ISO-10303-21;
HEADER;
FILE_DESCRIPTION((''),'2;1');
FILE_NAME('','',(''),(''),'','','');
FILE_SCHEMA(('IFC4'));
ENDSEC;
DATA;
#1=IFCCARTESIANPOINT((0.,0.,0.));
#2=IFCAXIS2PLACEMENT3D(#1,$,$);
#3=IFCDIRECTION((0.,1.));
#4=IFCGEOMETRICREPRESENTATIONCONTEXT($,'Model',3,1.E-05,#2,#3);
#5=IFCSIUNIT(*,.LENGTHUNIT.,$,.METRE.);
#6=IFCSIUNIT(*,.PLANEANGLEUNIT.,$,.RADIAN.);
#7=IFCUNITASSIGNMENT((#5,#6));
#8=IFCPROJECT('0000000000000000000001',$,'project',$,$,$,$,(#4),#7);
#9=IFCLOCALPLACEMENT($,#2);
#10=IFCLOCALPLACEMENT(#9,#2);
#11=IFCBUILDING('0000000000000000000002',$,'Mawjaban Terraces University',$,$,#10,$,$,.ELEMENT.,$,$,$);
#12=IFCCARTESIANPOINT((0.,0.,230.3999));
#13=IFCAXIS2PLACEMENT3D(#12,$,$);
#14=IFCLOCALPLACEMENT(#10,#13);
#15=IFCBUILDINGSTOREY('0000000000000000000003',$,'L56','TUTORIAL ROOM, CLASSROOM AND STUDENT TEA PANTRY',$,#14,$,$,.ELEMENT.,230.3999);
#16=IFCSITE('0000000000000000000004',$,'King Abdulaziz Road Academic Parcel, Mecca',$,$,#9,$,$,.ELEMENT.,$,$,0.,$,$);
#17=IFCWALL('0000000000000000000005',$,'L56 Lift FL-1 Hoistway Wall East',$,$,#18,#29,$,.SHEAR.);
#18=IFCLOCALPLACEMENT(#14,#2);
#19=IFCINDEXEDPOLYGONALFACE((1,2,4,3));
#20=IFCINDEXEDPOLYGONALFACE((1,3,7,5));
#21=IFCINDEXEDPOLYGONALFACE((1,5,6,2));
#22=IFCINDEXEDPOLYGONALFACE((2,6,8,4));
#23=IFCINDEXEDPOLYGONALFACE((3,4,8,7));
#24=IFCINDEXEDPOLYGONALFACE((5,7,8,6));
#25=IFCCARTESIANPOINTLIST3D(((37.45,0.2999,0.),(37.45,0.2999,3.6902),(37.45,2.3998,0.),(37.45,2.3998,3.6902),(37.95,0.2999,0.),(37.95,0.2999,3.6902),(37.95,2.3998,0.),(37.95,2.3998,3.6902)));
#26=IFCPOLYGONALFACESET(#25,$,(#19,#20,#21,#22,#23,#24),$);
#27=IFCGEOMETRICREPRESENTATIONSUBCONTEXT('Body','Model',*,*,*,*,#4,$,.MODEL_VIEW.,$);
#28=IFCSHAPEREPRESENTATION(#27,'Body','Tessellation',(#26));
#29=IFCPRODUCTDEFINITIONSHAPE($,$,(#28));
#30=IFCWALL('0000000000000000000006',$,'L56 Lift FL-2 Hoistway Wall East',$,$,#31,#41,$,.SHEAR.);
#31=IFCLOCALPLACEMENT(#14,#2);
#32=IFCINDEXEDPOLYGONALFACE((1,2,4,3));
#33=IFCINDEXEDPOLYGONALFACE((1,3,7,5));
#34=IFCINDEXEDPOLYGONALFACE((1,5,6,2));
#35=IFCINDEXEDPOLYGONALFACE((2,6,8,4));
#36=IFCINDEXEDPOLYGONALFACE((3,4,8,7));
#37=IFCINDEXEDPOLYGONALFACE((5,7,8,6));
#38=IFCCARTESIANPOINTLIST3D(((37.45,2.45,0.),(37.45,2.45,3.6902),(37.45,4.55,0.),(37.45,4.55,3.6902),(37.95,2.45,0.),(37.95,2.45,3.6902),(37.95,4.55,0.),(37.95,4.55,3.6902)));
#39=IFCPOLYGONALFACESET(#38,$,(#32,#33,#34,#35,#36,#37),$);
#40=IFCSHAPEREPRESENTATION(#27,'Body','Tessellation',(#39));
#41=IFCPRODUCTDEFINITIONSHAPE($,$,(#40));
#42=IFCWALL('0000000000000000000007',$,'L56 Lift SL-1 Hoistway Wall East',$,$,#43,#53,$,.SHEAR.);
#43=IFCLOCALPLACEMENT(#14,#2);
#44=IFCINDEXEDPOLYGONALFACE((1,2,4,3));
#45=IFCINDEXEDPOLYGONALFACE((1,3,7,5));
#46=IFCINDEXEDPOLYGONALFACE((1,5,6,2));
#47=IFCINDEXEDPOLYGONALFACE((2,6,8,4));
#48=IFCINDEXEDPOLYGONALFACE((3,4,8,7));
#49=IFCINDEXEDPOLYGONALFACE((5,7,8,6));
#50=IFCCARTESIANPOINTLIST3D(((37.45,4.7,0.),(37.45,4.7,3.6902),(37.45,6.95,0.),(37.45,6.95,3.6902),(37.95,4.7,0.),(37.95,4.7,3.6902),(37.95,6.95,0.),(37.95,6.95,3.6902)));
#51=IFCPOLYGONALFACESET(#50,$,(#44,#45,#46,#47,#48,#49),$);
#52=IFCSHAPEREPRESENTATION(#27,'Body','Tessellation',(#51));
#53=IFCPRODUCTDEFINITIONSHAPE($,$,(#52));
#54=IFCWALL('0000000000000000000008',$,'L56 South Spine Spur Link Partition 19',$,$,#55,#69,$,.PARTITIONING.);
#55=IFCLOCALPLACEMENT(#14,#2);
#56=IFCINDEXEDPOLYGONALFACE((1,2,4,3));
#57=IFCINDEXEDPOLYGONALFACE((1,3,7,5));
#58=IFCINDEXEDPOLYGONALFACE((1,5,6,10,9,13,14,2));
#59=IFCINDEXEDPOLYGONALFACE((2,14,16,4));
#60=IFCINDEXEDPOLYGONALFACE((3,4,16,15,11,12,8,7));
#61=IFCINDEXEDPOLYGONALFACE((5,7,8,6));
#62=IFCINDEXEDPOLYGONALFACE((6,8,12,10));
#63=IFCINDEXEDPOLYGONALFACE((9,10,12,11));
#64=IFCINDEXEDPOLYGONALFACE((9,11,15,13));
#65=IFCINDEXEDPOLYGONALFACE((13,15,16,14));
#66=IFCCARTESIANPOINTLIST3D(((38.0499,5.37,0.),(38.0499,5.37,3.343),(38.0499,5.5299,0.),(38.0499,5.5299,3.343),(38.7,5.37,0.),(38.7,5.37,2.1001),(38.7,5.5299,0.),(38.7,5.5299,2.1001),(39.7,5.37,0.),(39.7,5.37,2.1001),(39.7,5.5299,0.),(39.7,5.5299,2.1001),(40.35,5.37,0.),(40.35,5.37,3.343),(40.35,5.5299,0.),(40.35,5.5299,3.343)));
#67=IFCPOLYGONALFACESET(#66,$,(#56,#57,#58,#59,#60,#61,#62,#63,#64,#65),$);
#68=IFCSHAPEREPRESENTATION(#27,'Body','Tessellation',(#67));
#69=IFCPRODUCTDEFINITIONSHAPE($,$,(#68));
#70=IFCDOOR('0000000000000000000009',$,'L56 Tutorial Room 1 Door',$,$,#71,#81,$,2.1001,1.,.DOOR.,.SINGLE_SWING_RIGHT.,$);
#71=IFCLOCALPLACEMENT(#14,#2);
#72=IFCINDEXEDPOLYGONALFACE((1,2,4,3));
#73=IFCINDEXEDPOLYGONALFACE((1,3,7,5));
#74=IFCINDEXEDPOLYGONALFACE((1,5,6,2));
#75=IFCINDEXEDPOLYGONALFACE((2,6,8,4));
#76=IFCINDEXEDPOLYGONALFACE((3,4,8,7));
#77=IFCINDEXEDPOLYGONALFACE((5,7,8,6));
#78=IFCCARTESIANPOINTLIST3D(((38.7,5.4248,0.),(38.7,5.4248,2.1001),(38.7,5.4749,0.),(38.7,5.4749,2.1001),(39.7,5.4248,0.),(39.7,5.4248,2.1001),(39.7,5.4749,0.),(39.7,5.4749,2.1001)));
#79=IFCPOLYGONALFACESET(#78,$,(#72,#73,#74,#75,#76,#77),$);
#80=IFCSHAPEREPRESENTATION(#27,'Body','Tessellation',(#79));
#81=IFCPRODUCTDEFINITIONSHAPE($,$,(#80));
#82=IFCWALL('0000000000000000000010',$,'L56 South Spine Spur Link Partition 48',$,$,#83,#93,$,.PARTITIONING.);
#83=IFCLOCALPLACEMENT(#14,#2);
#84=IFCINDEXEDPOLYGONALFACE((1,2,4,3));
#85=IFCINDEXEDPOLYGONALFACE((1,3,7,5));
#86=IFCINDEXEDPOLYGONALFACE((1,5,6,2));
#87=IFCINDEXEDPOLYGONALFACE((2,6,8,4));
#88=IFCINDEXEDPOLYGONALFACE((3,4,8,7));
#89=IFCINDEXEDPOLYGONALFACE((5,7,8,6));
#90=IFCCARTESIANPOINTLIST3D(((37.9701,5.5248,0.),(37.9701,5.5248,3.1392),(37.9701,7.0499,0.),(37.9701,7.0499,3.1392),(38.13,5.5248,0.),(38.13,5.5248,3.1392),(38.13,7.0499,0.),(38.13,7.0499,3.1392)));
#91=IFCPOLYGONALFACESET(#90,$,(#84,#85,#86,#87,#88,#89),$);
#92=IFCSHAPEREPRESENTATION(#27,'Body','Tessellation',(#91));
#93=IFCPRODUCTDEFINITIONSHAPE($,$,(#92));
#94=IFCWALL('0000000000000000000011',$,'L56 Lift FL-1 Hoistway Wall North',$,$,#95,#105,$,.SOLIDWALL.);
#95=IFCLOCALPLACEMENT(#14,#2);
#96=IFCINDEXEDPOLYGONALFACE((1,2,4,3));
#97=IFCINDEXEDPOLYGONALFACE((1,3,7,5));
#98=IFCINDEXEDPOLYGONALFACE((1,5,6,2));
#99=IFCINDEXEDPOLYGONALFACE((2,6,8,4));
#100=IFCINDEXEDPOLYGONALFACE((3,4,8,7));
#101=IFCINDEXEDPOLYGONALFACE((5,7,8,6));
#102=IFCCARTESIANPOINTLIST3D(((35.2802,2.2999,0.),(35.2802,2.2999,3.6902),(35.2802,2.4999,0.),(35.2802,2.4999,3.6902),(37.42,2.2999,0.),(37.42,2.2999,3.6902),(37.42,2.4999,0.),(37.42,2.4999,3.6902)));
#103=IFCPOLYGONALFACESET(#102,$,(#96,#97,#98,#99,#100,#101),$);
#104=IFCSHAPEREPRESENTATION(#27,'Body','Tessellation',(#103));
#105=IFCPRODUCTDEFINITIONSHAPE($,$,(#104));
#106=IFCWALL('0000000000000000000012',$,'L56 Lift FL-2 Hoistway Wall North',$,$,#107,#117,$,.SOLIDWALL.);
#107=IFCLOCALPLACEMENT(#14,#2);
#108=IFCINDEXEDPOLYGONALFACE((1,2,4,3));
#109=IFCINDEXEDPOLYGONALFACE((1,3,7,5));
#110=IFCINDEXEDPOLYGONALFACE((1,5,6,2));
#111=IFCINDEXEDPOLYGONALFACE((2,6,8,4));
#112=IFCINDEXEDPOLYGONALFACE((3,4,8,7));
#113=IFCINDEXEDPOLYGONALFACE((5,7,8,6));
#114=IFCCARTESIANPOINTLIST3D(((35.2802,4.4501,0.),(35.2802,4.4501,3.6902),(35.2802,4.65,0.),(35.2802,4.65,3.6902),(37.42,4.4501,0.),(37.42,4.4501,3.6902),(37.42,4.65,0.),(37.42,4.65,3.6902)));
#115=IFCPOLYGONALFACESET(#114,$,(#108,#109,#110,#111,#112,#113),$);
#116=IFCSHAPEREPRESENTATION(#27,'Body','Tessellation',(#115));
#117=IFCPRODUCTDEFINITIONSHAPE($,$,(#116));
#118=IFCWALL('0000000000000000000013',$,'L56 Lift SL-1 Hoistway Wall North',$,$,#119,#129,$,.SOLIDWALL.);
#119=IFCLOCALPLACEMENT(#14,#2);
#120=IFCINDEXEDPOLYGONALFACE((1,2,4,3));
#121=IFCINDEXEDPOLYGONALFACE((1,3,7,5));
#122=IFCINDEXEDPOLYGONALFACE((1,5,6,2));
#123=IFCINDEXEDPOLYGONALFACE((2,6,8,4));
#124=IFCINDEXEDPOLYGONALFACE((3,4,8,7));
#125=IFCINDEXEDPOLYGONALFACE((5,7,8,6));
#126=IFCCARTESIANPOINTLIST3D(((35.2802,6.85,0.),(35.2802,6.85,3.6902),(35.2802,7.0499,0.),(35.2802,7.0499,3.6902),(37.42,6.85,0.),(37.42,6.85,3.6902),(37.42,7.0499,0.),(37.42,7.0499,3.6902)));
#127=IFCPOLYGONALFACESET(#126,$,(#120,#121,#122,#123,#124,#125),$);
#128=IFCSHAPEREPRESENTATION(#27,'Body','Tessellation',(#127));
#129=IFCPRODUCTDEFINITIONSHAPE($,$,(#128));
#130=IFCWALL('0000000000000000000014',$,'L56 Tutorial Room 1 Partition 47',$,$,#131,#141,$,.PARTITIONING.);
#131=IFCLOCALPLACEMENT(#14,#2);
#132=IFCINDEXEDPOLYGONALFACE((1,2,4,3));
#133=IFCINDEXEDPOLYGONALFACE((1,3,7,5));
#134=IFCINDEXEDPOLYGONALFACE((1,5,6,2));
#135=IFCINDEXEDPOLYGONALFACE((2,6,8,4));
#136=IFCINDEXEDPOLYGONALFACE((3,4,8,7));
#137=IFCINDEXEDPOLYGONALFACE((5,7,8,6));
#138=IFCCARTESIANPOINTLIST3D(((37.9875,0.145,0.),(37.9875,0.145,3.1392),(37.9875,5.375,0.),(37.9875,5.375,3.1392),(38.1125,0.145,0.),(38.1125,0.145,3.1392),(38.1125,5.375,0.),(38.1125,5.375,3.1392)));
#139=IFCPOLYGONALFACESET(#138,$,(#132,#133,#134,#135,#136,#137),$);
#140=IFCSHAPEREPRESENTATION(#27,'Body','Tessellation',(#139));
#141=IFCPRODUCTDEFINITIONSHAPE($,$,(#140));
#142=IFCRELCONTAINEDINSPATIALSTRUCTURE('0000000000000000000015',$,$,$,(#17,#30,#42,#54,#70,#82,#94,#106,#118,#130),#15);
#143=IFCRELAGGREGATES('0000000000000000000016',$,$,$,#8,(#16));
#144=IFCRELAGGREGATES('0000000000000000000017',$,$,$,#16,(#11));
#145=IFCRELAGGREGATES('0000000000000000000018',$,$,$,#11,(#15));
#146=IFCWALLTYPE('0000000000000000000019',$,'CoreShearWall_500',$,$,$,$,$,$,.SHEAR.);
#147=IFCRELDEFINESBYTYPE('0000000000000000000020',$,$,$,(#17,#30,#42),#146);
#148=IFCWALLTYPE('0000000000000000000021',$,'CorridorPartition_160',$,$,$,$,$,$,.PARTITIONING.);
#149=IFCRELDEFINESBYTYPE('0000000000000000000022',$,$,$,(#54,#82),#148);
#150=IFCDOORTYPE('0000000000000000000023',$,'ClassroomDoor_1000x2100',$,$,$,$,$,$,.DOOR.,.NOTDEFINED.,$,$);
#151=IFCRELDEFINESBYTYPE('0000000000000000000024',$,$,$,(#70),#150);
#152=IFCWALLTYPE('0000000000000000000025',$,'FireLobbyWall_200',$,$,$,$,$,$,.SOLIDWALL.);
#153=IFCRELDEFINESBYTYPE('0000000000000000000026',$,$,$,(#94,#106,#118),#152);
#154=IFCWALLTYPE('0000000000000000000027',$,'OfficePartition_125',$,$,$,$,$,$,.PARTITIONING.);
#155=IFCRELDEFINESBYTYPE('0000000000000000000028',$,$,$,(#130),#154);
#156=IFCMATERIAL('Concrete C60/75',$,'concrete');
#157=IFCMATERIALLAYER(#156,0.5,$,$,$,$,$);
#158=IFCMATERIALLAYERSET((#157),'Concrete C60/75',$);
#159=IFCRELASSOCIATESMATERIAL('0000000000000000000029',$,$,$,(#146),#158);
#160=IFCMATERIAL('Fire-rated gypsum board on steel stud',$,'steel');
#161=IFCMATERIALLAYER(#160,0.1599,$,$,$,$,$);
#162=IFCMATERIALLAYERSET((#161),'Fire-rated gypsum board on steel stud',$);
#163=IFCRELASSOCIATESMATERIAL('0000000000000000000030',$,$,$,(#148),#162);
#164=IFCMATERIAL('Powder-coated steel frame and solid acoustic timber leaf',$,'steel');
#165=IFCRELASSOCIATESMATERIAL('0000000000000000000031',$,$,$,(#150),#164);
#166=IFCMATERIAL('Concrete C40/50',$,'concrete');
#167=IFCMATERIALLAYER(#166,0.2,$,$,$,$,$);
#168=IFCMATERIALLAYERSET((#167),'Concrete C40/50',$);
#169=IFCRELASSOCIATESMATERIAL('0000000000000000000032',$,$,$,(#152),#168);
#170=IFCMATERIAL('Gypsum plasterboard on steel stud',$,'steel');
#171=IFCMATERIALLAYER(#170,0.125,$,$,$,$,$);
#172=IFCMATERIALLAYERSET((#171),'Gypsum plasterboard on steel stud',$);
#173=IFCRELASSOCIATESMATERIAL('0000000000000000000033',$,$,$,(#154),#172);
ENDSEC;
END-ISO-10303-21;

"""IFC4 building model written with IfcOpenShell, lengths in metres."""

from ifc_helpers import new_model, si_unit, direction, frame, frame_2d, origin, place, context, subcontext, project, spatial, rectangle, extrude, material, layer, layer_set, type_object, element, fill, save


model = new_model("IFC4")

# Units and contexts
model_context = context("Model", 3, precision=1e-05, world=origin(), true_north=direction((0.0, 1.0)))
body_context = subcontext(model_context, "Body", "Model", "MODEL_VIEW")
ifc_project = project(units=[si_unit("LENGTHUNIT", "METRE"), si_unit("PLANEANGLEUNIT", "RADIAN")], contexts=[model_context])

# Site, building, storey
site_placement = place(None, origin())
site = spatial("IfcSite", under=ifc_project, at=site_placement, Name="King Abdulaziz Road Academic Parcel, Mecca", CompositionType="ELEMENT", RefElevation=0.0)
building_placement = place(site_placement, origin())
building = spatial("IfcBuilding", under=site, at=building_placement, Name="Mawjaban Terraces University", CompositionType="ELEMENT")
storey_placement = place(building_placement, frame((0.0, 0.0, 230.3999)))
storey = spatial("IfcBuildingStorey", under=building, at=storey_placement, Name="L56", Description="TUTORIAL ROOM, CLASSROOM AND STUDENT TEA PANTRY", CompositionType="ELEMENT", Elevation=230.3999)

# Shared definitions
ifc_material_1 = material(Name="Concrete C60/75", Category="concrete")

# Walls
ifc_layer_1 = layer(ifc_material_1, 0.5)
ifc_layer_set_1 = layer_set([ifc_layer_1], Name="Concrete C60/75")
wall_type_1 = type_object("IfcWallType", Name="CoreShearWall_500", PredefinedType="SHEAR", material=ifc_layer_set_1)
wall_1_placement = place(storey_placement, frame((37.7, 0.3, 0.0), z_axis=(0.0, 0.0, 1.0), x_axis=(0.0, 1.0, 0.0)))
element("IfcWall", 1, at=wall_1_placement, inside=storey, type_object=wall_type_1, Name="L56 Lift FL-1 Hoistway Wall East", PredefinedType="SHEAR", context=body_context, shape_type="SweptSolid", body=[
    extrude(rectangle(XDim=2.0999, YDim=0.5, at=frame_2d((1.0498, 0.0))), origin(), (0.0, 0.0, 1.0), 3.6902),
])
wall_2_placement = place(storey_placement, frame((37.7, 2.45, 0.0), z_axis=(0.0, 0.0, 1.0), x_axis=(0.0, 1.0, 0.0)))
element("IfcWall", 2, at=wall_2_placement, inside=storey, type_object=wall_type_1, Name="L56 Lift FL-2 Hoistway Wall East", PredefinedType="SHEAR", context=body_context, shape_type="SweptSolid", body=[
    extrude(rectangle(XDim=2.1001, YDim=0.5, at=frame_2d((1.05, 0.0))), origin(), (0.0, 0.0, 1.0), 3.6902),
])
wall_3_placement = place(storey_placement, frame((37.7, 4.7, 0.0), z_axis=(0.0, 0.0, 1.0), x_axis=(0.0, 1.0, 0.0)))
element("IfcWall", 3, at=wall_3_placement, inside=storey, type_object=wall_type_1, Name="L56 Lift SL-1 Hoistway Wall East", PredefinedType="SHEAR", context=body_context, shape_type="SweptSolid", body=[
    extrude(rectangle(XDim=2.25, YDim=0.5, at=frame_2d((1.125, 0.0))), origin(), (0.0, 0.0, 1.0), 3.6902),
])

# Wall, opening, door
ifc_material_2 = material(Name="Fire-rated gypsum board on steel stud", Category="steel")
ifc_layer_2 = layer(ifc_material_2, 0.1599)
ifc_layer_set_2 = layer_set([ifc_layer_2], Name="Fire-rated gypsum board on steel stud")
wall_type_2 = type_object("IfcWallType", Name="CorridorPartition_160", PredefinedType="PARTITIONING", material=ifc_layer_set_2)
wall_4_placement = place(storey_placement, frame((38.05, 5.45, 0.0), z_axis=(0.0, 0.0, 1.0), x_axis=(1.0, 0.0, 0.0)))
wall_4 = element("IfcWall", 4, at=wall_4_placement, inside=storey, type_object=wall_type_2, Name="L56 South Spine Spur Link Partition 19", PredefinedType="PARTITIONING", context=body_context, shape_type="SweptSolid", body=[
    extrude(rectangle(XDim=2.3, YDim=0.1599, at=frame_2d((1.1499, 0.0))), origin(), (0.0, 0.0, 1.0), 3.343),
])
opening_placement = place(wall_4_placement, frame((0.6499, 0.0, 0.0)))
opening = element("IfcOpeningElement", 5, at=opening_placement, cuts=wall_4, PredefinedType="OPENING", context=body_context, shape_type="SweptSolid", body=[
    extrude(rectangle(XDim=1.0, YDim=2.1001, at=frame_2d((0.5, 1.05))), frame((0.0, 0.0898, 0.0), z_axis=(0.0, -1.0, 0.0), x_axis=(1.0, 0.0, 0.0)), (0.0, 0.0, 1.0), 0.1799),
])
ifc_material_3 = material(Name="Powder-coated steel frame and solid acoustic timber leaf", Category="steel")
door_type = type_object("IfcDoorType", Name="ClassroomDoor_1000x2100", OperationType="NOTDEFINED", PredefinedType="DOOR", material=ifc_material_3)
door_placement = place(opening_placement, origin())
door = element("IfcDoor", 6, at=door_placement, inside=storey, type_object=door_type, Name="L56 Tutorial Room 1 Door", OperationType="SINGLE_SWING_RIGHT", OverallHeight=2.1001, OverallWidth=1.0, PredefinedType="DOOR", context=body_context, shape_type="SweptSolid", body=[
    extrude(rectangle(XDim=1.0, YDim=2.1001, at=frame_2d((0.5, 1.05))), frame((0.0, 0.0249, 0.0), z_axis=(0.0, -1.0, 0.0), x_axis=(1.0, 0.0, 0.0)), (0.0, 0.0, 1.0), 0.05),
])
fill(opening, door)

# Walls
wall_5_placement = place(storey_placement, frame((38.05, 7.05, 0.0), z_axis=(0.0, 0.0, 1.0), x_axis=(0.0, -1.0, 0.0)))
element("IfcWall", 7, at=wall_5_placement, inside=storey, type_object=wall_type_2, Name="L56 South Spine Spur Link Partition 48", PredefinedType="PARTITIONING", context=body_context, shape_type="SweptSolid", body=[
    extrude(rectangle(XDim=1.5251, YDim=0.1599, at=frame_2d((0.7627, 0.0))), origin(), (0.0, 0.0, 1.0), 3.1392),
])
ifc_material_4 = material(Name="Concrete C40/50", Category="concrete")
ifc_layer_3 = layer(ifc_material_4, 0.2)
ifc_layer_set_3 = layer_set([ifc_layer_3], Name="Concrete C40/50")
wall_type_3 = type_object("IfcWallType", Name="FireLobbyWall_200", PredefinedType="SOLIDWALL", material=ifc_layer_set_3)
for number, where, z_axis, x_axis, name in (
    (8, (37.4199, 2.3999, 0.0), (0.0, 0.0, 1.0), (-1.0, 0.0, 0.0), "L56 Lift FL-1 Hoistway Wall North"),
    (9, (37.4199, 4.55, 0.0), (0.0, 0.0, 1.0), (-1.0, 0.0, 0.0), "L56 Lift FL-2 Hoistway Wall North"),
    (10, (37.4199, 6.95, 0.0), (0.0, 0.0, 1.0), (-1.0, 0.0, 0.0), "L56 Lift SL-1 Hoistway Wall North"),
):
    element("IfcWall", number, at=place(storey_placement, frame(where, z_axis=z_axis, x_axis=x_axis)), inside=storey, type_object=wall_type_3, Name=name, PredefinedType="SOLIDWALL", context=body_context, shape_type="SweptSolid", body=[
        extrude(rectangle(XDim=2.1399, YDim=0.2, at=frame_2d((1.0698, 0.0))), origin(), (0.0, 0.0, 1.0), 3.6902),
    ])
ifc_material_5 = material(Name="Gypsum plasterboard on steel stud", Category="steel")
ifc_layer_4 = layer(ifc_material_5, 0.125)
ifc_layer_set_4 = layer_set([ifc_layer_4], Name="Gypsum plasterboard on steel stud")
wall_type_4 = type_object("IfcWallType", Name="OfficePartition_125", PredefinedType="PARTITIONING", material=ifc_layer_set_4)
wall_6_placement = place(storey_placement, frame((38.05, 5.375, 0.0), z_axis=(0.0, 0.0, 1.0), x_axis=(0.0, -1.0, 0.0)))
element("IfcWall", 11, at=wall_6_placement, inside=storey, type_object=wall_type_4, Name="L56 Tutorial Room 1 Partition 47", PredefinedType="PARTITIONING", context=body_context, shape_type="SweptSolid", body=[
    extrude(rectangle(XDim=5.23, YDim=0.125, at=frame_2d((2.615, 0.0))), origin(), (0.0, 0.0, 1.0), 3.1392),
])

save(model, "model.ifc")
